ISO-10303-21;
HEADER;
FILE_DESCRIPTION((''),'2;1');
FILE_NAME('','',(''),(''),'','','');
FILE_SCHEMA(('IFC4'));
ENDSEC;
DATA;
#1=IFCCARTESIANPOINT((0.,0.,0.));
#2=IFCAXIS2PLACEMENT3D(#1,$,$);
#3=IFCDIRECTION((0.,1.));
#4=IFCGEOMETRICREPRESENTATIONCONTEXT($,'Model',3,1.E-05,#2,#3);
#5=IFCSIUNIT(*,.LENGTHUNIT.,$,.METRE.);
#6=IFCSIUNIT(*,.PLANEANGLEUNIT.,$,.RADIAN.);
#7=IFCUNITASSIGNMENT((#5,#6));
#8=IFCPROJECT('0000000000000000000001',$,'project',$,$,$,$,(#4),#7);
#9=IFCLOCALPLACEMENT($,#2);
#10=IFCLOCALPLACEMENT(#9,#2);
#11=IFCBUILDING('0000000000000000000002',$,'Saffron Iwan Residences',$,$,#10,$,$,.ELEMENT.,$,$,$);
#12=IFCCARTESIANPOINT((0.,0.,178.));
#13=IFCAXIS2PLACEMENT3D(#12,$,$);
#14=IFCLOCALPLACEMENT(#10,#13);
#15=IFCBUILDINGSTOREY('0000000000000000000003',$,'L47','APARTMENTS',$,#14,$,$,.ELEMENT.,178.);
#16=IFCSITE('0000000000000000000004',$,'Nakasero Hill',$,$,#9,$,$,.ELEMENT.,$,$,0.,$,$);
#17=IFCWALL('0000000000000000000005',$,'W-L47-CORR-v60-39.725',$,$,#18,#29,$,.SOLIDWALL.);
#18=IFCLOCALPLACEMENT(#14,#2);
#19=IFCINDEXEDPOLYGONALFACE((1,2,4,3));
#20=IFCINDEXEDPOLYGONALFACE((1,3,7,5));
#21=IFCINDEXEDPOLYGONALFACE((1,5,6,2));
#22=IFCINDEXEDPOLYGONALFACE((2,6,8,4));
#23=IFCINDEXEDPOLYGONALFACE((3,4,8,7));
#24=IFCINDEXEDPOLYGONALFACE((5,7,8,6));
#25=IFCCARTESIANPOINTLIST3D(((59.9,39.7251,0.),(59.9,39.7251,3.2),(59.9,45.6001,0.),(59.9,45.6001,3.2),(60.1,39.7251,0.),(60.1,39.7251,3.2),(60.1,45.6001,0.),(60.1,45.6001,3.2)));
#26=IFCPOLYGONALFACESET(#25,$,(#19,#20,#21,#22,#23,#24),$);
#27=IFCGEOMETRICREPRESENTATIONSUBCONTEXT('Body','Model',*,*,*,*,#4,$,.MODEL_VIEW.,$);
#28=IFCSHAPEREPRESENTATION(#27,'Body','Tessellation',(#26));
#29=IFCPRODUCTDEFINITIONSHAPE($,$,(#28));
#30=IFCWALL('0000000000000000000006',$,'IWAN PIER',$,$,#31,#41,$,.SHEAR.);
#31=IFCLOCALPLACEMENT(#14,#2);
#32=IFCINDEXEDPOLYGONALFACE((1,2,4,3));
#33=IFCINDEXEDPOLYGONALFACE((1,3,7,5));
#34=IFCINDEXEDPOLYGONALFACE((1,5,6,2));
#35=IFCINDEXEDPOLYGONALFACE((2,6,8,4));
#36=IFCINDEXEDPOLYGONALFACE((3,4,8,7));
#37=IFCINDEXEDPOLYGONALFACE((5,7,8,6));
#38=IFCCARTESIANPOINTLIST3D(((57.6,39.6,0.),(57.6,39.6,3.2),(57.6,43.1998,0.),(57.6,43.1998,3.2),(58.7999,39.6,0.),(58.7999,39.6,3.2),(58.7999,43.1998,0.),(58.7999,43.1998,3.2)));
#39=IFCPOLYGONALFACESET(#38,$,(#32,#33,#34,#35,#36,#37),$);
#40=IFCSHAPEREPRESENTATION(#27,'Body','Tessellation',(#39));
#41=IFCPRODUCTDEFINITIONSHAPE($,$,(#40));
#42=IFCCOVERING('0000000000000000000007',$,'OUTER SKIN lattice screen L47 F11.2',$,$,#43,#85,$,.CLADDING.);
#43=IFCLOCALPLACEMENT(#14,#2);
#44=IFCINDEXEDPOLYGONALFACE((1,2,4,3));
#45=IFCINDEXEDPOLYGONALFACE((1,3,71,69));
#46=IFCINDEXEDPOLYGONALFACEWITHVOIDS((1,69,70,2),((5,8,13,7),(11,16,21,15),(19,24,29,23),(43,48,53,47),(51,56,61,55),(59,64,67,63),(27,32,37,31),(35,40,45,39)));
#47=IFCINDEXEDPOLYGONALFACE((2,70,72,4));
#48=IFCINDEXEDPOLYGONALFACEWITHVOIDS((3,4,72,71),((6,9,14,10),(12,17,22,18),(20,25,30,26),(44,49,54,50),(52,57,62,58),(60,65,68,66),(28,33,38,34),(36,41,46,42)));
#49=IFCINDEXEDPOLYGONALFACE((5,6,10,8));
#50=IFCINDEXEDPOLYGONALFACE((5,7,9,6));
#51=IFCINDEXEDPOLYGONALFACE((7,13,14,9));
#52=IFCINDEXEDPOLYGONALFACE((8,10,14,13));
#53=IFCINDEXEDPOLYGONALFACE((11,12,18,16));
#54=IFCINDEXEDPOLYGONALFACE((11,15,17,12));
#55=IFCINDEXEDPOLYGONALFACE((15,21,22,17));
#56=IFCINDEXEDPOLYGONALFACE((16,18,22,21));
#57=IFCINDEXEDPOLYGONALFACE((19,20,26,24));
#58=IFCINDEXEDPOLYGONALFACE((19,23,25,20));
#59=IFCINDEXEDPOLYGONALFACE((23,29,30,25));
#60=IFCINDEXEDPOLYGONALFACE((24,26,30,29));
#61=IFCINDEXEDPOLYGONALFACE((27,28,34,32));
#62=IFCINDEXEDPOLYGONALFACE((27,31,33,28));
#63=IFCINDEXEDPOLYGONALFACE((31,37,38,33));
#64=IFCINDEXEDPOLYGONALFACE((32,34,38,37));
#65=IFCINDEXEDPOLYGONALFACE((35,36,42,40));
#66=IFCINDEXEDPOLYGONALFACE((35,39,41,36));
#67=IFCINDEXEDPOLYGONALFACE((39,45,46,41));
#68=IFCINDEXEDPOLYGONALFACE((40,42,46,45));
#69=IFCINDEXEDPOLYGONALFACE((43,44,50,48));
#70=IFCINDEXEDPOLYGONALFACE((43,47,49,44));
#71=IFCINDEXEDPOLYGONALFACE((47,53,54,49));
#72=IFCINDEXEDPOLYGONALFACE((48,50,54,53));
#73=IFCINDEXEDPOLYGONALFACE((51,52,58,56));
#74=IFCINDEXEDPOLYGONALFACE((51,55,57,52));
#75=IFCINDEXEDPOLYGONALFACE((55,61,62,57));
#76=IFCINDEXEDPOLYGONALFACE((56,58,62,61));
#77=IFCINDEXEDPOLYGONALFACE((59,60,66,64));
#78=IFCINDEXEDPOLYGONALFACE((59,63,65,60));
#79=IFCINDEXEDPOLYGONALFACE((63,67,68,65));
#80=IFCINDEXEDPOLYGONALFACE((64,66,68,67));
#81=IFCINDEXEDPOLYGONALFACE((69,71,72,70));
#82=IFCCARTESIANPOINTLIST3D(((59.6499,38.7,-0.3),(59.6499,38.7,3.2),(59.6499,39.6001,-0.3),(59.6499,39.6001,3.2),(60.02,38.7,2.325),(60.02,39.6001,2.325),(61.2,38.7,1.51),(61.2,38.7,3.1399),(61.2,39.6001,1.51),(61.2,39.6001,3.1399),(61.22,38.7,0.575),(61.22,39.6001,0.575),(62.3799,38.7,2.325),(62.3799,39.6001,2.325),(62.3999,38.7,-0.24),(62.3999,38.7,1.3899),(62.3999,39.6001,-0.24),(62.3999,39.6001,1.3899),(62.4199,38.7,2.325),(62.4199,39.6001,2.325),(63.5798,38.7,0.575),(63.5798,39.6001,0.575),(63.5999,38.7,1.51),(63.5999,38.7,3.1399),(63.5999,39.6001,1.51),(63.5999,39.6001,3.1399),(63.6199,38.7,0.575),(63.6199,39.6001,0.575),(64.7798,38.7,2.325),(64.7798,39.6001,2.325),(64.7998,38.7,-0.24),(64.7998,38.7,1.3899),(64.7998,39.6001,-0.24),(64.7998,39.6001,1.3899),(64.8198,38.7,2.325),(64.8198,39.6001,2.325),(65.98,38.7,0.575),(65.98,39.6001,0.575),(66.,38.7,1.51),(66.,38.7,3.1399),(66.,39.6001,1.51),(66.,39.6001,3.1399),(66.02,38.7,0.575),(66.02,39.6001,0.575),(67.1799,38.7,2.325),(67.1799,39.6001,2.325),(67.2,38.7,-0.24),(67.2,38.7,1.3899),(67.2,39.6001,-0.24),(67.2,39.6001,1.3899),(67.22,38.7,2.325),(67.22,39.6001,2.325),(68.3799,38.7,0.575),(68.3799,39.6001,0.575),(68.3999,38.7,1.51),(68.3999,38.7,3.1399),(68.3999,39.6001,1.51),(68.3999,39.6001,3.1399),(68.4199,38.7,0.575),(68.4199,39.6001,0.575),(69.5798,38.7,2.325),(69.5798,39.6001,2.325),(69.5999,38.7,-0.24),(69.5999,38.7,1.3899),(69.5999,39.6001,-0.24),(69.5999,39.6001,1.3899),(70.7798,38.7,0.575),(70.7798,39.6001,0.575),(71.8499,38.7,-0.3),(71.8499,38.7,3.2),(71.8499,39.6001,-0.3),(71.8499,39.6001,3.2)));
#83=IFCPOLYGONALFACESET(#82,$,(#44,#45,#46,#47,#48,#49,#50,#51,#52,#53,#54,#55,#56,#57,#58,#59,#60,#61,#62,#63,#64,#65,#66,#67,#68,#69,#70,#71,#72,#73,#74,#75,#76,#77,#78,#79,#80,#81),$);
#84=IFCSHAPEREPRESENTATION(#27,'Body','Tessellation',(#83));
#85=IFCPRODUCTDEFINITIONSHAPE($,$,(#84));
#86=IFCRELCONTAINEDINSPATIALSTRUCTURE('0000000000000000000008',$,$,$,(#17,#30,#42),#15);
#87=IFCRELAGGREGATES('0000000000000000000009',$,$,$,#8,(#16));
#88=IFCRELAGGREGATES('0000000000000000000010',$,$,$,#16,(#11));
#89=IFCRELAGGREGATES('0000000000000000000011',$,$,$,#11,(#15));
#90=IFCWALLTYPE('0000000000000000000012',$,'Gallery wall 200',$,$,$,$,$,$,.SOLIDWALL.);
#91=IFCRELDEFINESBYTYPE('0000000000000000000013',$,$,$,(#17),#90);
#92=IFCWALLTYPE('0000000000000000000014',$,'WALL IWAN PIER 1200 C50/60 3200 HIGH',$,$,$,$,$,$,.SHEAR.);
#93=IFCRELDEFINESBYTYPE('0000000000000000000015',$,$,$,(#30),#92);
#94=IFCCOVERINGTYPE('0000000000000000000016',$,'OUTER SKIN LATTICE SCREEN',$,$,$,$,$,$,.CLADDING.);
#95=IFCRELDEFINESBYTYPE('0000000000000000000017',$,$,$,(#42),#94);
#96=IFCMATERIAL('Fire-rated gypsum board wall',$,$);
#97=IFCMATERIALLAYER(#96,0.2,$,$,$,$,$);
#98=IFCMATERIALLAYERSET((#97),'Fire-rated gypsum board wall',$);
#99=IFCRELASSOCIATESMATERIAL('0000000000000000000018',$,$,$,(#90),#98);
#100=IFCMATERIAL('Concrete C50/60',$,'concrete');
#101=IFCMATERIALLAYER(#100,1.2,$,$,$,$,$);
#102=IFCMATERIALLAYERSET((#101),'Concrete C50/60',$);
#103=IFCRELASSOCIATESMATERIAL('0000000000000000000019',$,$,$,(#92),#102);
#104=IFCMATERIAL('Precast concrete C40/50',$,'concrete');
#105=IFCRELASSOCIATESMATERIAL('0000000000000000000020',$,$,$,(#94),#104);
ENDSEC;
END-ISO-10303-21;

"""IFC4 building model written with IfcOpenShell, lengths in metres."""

from ifc_helpers import new_model, si_unit, direction, frame, frame_2d, origin, place, context, subcontext, project, spatial, polyline, rectangle, outline, extrude, material, layer, layer_set, type_object, element, save


model = new_model("IFC4")

# Units and contexts
model_context = context("Model", 3, precision=1e-05, world=origin(), true_north=direction((0.0, 1.0)))
body_context = subcontext(model_context, "Body", "Model", "MODEL_VIEW")
ifc_project = project(units=[si_unit("LENGTHUNIT", "METRE"), si_unit("PLANEANGLEUNIT", "RADIAN")], contexts=[model_context])

# Site, building, storey
site_placement = place(None, origin())
site = spatial("IfcSite", under=ifc_project, at=site_placement, Name="Nakasero Hill", CompositionType="ELEMENT", RefElevation=0.0)
building_placement = place(site_placement, origin())
building = spatial("IfcBuilding", under=site, at=building_placement, Name="Saffron Iwan Residences", CompositionType="ELEMENT")
storey_placement = place(building_placement, frame((0.0, 0.0, 178.0)))
storey = spatial("IfcBuildingStorey", under=building, at=storey_placement, Name="L47", Description="APARTMENTS", CompositionType="ELEMENT", Elevation=178.0)

# Shared definitions
ifc_material_1 = material(Name="Concrete C50/60", Category="concrete")

# Walls
ifc_material_2 = material(Name="Fire-rated gypsum board wall")
ifc_layer_1 = layer(ifc_material_2, 0.2)
ifc_layer_set_1 = layer_set([ifc_layer_1], Name="Fire-rated gypsum board wall")
wall_type_1 = type_object("IfcWallType", Name="Gallery wall 200", PredefinedType="SOLIDWALL", material=ifc_layer_set_1)
wall_1_placement = place(storey_placement, frame((60.0, 39.7251, 0.0), z_axis=(0.0, 0.0, 1.0), x_axis=(0.0, 1.0, 0.0)))
element("IfcWall", 1, at=wall_1_placement, inside=storey, type_object=wall_type_1, Name="W-L47-CORR-v60-39.725", PredefinedType="SOLIDWALL", context=body_context, shape_type="SweptSolid", body=[
    extrude(rectangle(XDim=5.875, YDim=0.2, at=frame_2d((2.9375, 0.0))), origin(), (0.0, 0.0, 1.0), 3.2),
])
ifc_layer_2 = layer(ifc_material_1, 1.2)
ifc_layer_set_2 = layer_set([ifc_layer_2], Name="Concrete C50/60")
wall_type_2 = type_object("IfcWallType", Name="WALL IWAN PIER 1200 C50/60 3200 HIGH", PredefinedType="SHEAR", material=ifc_layer_set_2)
wall_2_placement = place(storey_placement, frame((58.2, 39.6001, 0.0), z_axis=(0.0, 0.0, 1.0), x_axis=(0.0, 1.0, 0.0)))
element("IfcWall", 2, at=wall_2_placement, inside=storey, type_object=wall_type_2, Name="IWAN PIER", PredefinedType="SHEAR", context=body_context, shape_type="SweptSolid", body=[
    extrude(rectangle(XDim=3.5999, YDim=1.2, at=frame_2d((1.7998, 0.0))), origin(), (0.0, 0.0, 1.0), 3.2),
])

# Covering
ifc_material_3 = material(Name="Precast concrete C40/50", Category="concrete")
covering_type = type_object("IfcCoveringType", Name="OUTER SKIN LATTICE SCREEN", PredefinedType="CLADDING", material=ifc_material_3)
covering_placement = place(storey_placement, frame((59.6499, 39.6001, -0.3), z_axis=(0.0, -1.0, 0.0), x_axis=(1.0, 0.0, 0.0)))
element("IfcCovering", 3, at=covering_placement, inside=storey, type_object=covering_type, Name="OUTER SKIN lattice screen L47 F11.2", PredefinedType="CLADDING", context=body_context, shape_type="SweptSolid", body=[
    extrude(outline(polyline([(0.0, 0.0), (12.2, 0.0), (12.2, 3.5), (0.0, 3.5), (0.0, 0.0)]), holes=[polyline([(1.5701, 0.875), (2.75, 0.0601), (3.9299, 0.875), (2.75, 1.6899), (1.5701, 0.875)]), polyline([(3.97, 0.875), (5.1499, 0.0601), (6.3301, 0.875), (5.1499, 1.6899), (3.97, 0.875)]), polyline([(6.3701, 0.875), (7.55, 0.0601), (8.73, 0.875), (7.55, 1.6899), (6.3701, 0.875)]), polyline([(8.77, 0.875), (9.95, 0.0601), (11.1299, 0.875), (9.95, 1.6899), (8.77, 0.875)]), polyline([(0.3701, 2.625), (1.55, 1.8101), (2.73, 2.625), (1.55, 3.4399), (0.3701, 2.625)]), polyline([(2.77, 2.625), (3.95, 1.8101), (5.1299, 2.625), (3.95, 3.4399), (2.77, 2.625)]), polyline([(5.1699, 2.625), (6.3501, 1.8101), (7.53, 2.625), (6.3501, 3.4399), (5.1699, 2.625)]), polyline([(7.5701, 2.625), (8.75, 1.8101), (9.9299, 2.625), (8.75, 3.4399), (7.5701, 2.625)])]), origin(), (0.0, 0.0, 1.0), 0.9001),
])

save(model, "model.ifc")
